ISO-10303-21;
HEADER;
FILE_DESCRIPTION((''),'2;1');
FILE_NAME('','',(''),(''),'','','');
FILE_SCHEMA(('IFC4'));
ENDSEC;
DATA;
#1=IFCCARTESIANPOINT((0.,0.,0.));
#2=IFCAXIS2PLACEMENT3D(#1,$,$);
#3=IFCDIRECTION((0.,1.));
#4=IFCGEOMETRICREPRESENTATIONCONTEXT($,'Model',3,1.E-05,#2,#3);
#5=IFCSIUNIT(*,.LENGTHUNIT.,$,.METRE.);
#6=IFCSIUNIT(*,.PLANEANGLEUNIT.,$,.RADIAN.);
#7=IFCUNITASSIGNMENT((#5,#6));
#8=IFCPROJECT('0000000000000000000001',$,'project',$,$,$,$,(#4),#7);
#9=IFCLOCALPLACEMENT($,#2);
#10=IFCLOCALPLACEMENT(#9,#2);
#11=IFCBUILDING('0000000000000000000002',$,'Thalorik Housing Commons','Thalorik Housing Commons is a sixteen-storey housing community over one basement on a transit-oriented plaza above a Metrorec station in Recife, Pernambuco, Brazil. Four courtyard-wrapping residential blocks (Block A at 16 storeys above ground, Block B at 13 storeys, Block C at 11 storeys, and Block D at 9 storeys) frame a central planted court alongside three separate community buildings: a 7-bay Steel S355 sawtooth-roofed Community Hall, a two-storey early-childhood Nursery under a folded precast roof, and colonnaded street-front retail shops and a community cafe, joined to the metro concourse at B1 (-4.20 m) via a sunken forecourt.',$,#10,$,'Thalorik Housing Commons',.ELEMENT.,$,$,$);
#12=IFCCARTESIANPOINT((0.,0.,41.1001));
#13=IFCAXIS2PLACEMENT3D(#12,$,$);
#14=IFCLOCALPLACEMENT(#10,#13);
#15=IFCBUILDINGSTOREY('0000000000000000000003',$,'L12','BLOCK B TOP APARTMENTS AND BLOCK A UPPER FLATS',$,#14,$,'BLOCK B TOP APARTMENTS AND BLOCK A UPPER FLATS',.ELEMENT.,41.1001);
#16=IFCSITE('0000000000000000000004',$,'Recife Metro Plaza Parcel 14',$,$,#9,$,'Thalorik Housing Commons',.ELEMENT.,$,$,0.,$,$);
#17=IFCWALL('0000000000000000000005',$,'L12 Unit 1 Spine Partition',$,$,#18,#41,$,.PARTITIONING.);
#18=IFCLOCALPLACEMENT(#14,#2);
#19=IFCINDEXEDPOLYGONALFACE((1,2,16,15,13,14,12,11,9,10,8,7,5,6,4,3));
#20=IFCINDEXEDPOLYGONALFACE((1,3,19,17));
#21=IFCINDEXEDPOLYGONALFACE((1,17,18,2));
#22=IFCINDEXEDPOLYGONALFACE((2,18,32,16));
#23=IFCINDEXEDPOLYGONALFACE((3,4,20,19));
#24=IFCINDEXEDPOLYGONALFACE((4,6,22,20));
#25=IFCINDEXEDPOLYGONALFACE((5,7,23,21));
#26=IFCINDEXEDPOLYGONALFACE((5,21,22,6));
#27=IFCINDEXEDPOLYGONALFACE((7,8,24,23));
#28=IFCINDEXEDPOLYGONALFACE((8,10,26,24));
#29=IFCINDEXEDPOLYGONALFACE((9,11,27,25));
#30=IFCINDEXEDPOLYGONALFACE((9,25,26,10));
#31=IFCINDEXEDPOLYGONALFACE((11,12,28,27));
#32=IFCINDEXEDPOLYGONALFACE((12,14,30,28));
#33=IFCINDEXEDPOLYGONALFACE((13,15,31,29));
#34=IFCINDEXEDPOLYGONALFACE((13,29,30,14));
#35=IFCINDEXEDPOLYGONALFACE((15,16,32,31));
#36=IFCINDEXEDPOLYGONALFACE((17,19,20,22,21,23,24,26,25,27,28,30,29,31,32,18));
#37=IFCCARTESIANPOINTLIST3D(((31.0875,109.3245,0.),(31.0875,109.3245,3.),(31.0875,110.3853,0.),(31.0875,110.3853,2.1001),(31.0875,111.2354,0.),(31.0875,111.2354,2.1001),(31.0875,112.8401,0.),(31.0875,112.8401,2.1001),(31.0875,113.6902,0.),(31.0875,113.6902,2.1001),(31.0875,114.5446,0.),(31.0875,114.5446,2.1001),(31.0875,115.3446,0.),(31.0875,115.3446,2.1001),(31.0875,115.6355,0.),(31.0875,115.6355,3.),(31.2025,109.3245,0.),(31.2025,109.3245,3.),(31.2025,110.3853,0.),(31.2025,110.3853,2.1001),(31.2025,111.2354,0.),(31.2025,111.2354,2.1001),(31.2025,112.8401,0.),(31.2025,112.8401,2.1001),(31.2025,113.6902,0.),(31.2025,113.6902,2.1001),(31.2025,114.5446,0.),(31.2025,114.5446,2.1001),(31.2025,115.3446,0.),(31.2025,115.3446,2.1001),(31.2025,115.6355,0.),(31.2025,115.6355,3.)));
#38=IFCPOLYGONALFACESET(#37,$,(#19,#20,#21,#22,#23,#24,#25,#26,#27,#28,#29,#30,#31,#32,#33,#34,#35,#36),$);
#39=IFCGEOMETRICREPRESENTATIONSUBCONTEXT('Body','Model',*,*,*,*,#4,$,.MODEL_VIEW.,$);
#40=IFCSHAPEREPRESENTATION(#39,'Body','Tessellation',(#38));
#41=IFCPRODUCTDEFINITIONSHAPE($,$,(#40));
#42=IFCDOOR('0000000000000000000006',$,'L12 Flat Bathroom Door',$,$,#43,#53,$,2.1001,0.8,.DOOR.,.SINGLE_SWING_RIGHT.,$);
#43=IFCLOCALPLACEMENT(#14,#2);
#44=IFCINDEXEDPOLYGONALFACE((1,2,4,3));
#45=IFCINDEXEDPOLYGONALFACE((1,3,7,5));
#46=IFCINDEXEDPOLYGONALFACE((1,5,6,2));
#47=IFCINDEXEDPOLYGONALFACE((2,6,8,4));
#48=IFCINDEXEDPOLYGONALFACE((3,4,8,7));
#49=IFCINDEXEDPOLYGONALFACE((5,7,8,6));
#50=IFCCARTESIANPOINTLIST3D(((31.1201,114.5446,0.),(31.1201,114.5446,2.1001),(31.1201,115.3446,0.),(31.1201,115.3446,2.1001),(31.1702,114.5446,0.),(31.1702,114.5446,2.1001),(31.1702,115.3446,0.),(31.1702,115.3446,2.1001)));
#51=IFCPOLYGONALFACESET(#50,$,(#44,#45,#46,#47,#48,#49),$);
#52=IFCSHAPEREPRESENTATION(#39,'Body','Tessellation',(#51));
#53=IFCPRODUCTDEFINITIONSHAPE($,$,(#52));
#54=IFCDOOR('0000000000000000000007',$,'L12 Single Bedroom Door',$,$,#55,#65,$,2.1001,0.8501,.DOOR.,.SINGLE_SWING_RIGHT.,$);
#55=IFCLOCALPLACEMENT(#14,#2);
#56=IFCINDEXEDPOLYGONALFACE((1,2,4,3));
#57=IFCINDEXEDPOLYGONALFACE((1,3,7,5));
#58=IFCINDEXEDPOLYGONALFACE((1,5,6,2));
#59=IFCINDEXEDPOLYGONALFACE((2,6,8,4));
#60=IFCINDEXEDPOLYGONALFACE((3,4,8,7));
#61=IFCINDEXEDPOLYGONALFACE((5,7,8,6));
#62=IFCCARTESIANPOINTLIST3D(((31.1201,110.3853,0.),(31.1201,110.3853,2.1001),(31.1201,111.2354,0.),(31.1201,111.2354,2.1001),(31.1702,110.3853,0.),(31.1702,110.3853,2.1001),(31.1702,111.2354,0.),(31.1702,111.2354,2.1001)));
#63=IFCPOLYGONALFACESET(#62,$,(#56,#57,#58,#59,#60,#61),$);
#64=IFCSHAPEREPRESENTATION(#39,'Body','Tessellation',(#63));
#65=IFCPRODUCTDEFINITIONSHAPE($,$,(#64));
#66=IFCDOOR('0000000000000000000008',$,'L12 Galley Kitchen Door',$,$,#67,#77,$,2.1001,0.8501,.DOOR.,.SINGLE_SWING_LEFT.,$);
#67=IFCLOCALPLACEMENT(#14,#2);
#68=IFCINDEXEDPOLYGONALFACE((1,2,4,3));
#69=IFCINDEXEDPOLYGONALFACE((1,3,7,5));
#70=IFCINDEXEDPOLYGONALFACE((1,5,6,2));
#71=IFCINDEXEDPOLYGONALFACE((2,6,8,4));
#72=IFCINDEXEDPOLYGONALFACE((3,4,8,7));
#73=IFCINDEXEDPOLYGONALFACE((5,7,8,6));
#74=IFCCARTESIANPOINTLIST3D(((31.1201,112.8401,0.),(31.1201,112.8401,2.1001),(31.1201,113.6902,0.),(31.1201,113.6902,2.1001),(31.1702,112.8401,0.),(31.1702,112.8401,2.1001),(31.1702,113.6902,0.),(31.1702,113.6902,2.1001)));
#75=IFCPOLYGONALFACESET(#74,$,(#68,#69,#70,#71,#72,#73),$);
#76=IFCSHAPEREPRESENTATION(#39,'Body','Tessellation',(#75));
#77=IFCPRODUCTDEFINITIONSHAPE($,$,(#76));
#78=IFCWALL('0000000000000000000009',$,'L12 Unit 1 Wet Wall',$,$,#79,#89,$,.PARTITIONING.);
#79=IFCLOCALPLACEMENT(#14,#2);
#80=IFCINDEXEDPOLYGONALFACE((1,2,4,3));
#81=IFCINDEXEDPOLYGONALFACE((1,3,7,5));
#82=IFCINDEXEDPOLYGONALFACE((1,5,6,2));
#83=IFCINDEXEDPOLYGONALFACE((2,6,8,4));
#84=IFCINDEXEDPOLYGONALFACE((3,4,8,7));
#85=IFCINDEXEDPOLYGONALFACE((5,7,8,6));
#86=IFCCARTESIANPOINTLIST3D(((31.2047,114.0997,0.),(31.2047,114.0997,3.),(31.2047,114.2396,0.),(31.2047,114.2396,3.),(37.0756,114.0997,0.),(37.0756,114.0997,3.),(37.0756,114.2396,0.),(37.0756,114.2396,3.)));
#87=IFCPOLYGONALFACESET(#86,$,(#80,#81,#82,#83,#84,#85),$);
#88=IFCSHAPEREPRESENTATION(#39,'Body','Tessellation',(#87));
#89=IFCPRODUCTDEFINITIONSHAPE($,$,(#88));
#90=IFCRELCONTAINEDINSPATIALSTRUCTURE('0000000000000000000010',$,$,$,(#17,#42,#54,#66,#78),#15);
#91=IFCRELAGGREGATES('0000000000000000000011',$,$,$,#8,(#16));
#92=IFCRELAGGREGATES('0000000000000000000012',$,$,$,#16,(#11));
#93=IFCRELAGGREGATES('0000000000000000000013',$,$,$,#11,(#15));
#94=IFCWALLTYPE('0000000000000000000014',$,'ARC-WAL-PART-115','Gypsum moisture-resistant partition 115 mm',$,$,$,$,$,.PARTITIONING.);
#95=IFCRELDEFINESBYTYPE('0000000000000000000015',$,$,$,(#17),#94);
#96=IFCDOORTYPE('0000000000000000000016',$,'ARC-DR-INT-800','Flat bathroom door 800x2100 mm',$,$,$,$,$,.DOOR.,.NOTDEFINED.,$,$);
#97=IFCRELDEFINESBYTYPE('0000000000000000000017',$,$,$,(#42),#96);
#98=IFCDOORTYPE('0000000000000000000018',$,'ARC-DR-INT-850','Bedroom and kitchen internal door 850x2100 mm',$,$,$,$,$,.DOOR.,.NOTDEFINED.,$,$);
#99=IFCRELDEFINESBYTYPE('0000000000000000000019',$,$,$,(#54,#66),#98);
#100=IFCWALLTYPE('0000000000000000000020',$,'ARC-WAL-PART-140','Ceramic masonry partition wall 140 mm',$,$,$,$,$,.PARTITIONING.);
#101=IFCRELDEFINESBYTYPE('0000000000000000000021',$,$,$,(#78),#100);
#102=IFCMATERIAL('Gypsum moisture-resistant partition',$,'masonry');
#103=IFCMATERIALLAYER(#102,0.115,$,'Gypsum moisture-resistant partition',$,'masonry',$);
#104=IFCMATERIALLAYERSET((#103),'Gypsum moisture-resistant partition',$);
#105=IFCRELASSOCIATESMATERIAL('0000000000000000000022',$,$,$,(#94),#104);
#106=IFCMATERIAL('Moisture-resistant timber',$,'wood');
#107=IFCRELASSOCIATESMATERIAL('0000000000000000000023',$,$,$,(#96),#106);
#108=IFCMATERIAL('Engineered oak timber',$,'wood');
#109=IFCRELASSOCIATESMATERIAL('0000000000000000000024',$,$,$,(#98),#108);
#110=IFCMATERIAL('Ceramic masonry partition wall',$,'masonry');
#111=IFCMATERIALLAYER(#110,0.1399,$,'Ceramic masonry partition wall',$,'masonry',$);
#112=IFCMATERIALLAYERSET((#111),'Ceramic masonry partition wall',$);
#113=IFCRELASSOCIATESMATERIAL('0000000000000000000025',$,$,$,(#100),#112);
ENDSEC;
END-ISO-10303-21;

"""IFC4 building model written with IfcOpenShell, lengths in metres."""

from ifc_helpers import new_model, si_unit, direction, frame, frame_2d, origin, place, context, subcontext, project, spatial, rectangle, extrude, material, layer, layer_set, type_object, element, fill, save


model = new_model("IFC4")

# Units and contexts
model_context = context("Model", 3, precision=1e-05, world=origin(), true_north=direction((0.0, 1.0)))
body_context = subcontext(model_context, "Body", "Model", "MODEL_VIEW")
ifc_project = project(units=[si_unit("LENGTHUNIT", "METRE"), si_unit("PLANEANGLEUNIT", "RADIAN")], contexts=[model_context])

# Site, building, storey
site_placement = place(None, origin())
site = spatial("IfcSite", under=ifc_project, at=site_placement, Name="Recife Metro Plaza Parcel 14", LongName="Thalorik Housing Commons", CompositionType="ELEMENT", RefElevation=0.0)
building_placement = place(site_placement, origin())
building = spatial("IfcBuilding", under=site, at=building_placement, Name="Thalorik Housing Commons", Description="Thalorik Housing Commons is a sixteen-storey housing community over one basement on a transit-oriented plaza above a Metrorec station in Recife, Pernambuco, Brazil. Four courtyard-wrapping residential blocks (Block A at 16 storeys above ground, Block B at 13 storeys, Block C at 11 storeys, and Block D at 9 storeys) frame a central planted court alongside three separate community buildings: a 7-bay Steel S355 sawtooth-roofed Community Hall, a two-storey early-childhood Nursery under a folded precast roof, and colonnaded street-front retail shops and a community cafe, joined to the metro concourse at B1 (-4.20 m) via a sunken forecourt.", LongName="Thalorik Housing Commons", CompositionType="ELEMENT")
storey_placement = place(building_placement, frame((0.0, 0.0, 41.1001)))
storey = spatial("IfcBuildingStorey", under=building, at=storey_placement, Name="L12", Description="BLOCK B TOP APARTMENTS AND BLOCK A UPPER FLATS", LongName="BLOCK B TOP APARTMENTS AND BLOCK A UPPER FLATS", CompositionType="ELEMENT", Elevation=41.1001)

# Wall, openings, doors
ifc_material_1 = material(Name="Gypsum moisture-resistant partition", Category="masonry")
ifc_layer_1 = layer(ifc_material_1, 0.115, Name="Gypsum moisture-resistant partition", Category="masonry")
ifc_layer_set_1 = layer_set([ifc_layer_1], Name="Gypsum moisture-resistant partition")
wall_type_1 = type_object("IfcWallType", Name="ARC-WAL-PART-115", Description="Gypsum moisture-resistant partition 115 mm", PredefinedType="PARTITIONING", material=ifc_layer_set_1)
wall_1_placement = place(storey_placement, frame((31.145, 109.3245, 0.0), z_axis=(0.0, 0.0, 1.0), x_axis=(0.0, 1.0, 0.0)))
wall_1 = element("IfcWall", 1, at=wall_1_placement, inside=storey, type_object=wall_type_1, Name="L12 Unit 1 Spine Partition", PredefinedType="PARTITIONING", context=body_context, shape_type="SweptSolid", body=[
    extrude(rectangle(XDim=6.311, YDim=0.115, at=frame_2d((3.1555, 0.0))), origin(), (0.0, 0.0, 1.0), 3.0),
])
opening_1_placement = place(wall_1_placement, frame((1.0608, 0.0, 0.0)))
opening_1 = element("IfcOpeningElement", 2, at=opening_1_placement, cuts=wall_1, PredefinedType="OPENING", context=body_context, shape_type="SweptSolid", body=[
    extrude(rectangle(XDim=0.8501, YDim=2.1001, at=frame_2d((0.425, 1.05))), frame((0.0, 0.0674, 0.0), z_axis=(0.0, -1.0, 0.0), x_axis=(1.0, 0.0, 0.0)), (0.0, 0.0, 1.0), 0.135),
])
opening_2_placement = place(wall_1_placement, frame((3.5156, 0.0, 0.0)))
opening_2 = element("IfcOpeningElement", 3, at=opening_2_placement, cuts=wall_1, PredefinedType="OPENING", context=body_context, shape_type="SweptSolid", body=[
    extrude(rectangle(XDim=0.8501, YDim=2.1001, at=frame_2d((0.425, 1.05))), frame((0.0, 0.0674, 0.0), z_axis=(0.0, -1.0, 0.0), x_axis=(1.0, 0.0, 0.0)), (0.0, 0.0, 1.0), 0.135),
])
opening_3_placement = place(wall_1_placement, frame((5.2202, 0.0, 0.0)))
opening_3 = element("IfcOpeningElement", 4, at=opening_3_placement, cuts=wall_1, PredefinedType="OPENING", context=body_context, shape_type="SweptSolid", body=[
    extrude(rectangle(XDim=0.8, YDim=2.1001, at=frame_2d((0.3999, 1.05))), frame((0.0, 0.0674, 0.0), z_axis=(0.0, -1.0, 0.0), x_axis=(1.0, 0.0, 0.0)), (0.0, 0.0, 1.0), 0.135),
])
ifc_material_2 = material(Name="Moisture-resistant timber", Category="wood")
door_type_1 = type_object("IfcDoorType", Name="ARC-DR-INT-800", Description="Flat bathroom door 800x2100 mm", OperationType="NOTDEFINED", PredefinedType="DOOR", material=ifc_material_2)
door_1_placement = place(opening_3_placement, origin())
door_1 = element("IfcDoor", 5, at=door_1_placement, inside=storey, type_object=door_type_1, Name="L12 Flat Bathroom Door", OperationType="SINGLE_SWING_RIGHT", OverallHeight=2.1001, OverallWidth=0.8, PredefinedType="DOOR", context=body_context, shape_type="SweptSolid", body=[
    extrude(rectangle(XDim=0.8, YDim=2.1001, at=frame_2d((0.3999, 1.05))), frame((0.0, 0.0249, 0.0), z_axis=(0.0, -1.0, 0.0), x_axis=(1.0, 0.0, 0.0)), (0.0, 0.0, 1.0), 0.05),
])
fill(opening_3, door_1)
ifc_material_3 = material(Name="Engineered oak timber", Category="wood")
door_type_2 = type_object("IfcDoorType", Name="ARC-DR-INT-850", Description="Bedroom and kitchen internal door 850x2100 mm", OperationType="NOTDEFINED", PredefinedType="DOOR", material=ifc_material_3)
door_2_placement = place(opening_1_placement, origin())
door_2 = element("IfcDoor", 6, at=door_2_placement, inside=storey, type_object=door_type_2, Name="L12 Single Bedroom Door", OperationType="SINGLE_SWING_RIGHT", OverallHeight=2.1001, OverallWidth=0.8501, PredefinedType="DOOR", context=body_context, shape_type="SweptSolid", body=[
    extrude(rectangle(XDim=0.8501, YDim=2.1001, at=frame_2d((0.425, 1.05))), frame((0.0, 0.0249, 0.0), z_axis=(0.0, -1.0, 0.0), x_axis=(1.0, 0.0, 0.0)), (0.0, 0.0, 1.0), 0.05),
])
fill(opening_1, door_2)
door_3_placement = place(opening_2_placement, origin())
door_3 = element("IfcDoor", 7, at=door_3_placement, inside=storey, type_object=door_type_2, Name="L12 Galley Kitchen Door", OperationType="SINGLE_SWING_LEFT", OverallHeight=2.1001, OverallWidth=0.8501, PredefinedType="DOOR", context=body_context, shape_type="SweptSolid", body=[
    extrude(rectangle(XDim=0.8501, YDim=2.1001, at=frame_2d((0.425, 1.05))), frame((0.0, 0.0249, 0.0), z_axis=(0.0, -1.0, 0.0), x_axis=(1.0, 0.0, 0.0)), (0.0, 0.0, 1.0), 0.05),
])
fill(opening_2, door_3)

# Wall
ifc_material_4 = material(Name="Ceramic masonry partition wall", Category="masonry")
ifc_layer_2 = layer(ifc_material_4, 0.1399, Name="Ceramic masonry partition wall", Category="masonry")
ifc_layer_set_2 = layer_set([ifc_layer_2], Name="Ceramic masonry partition wall")
wall_type_2 = type_object("IfcWallType", Name="ARC-WAL-PART-140", Description="Ceramic masonry partition wall 140 mm", PredefinedType="PARTITIONING", material=ifc_layer_set_2)
wall_2_placement = place(storey_placement, frame((31.2046, 114.1697, 0.0), z_axis=(0.0, 0.0, 1.0), x_axis=(1.0, 0.0, 0.0)))
element("IfcWall", 8, at=wall_2_placement, inside=storey, type_object=wall_type_2, Name="L12 Unit 1 Wet Wall", PredefinedType="PARTITIONING", context=body_context, shape_type="SweptSolid", body=[
    extrude(rectangle(XDim=5.8708, YDim=0.1399, at=frame_2d((2.9355, 0.0))), origin(), (0.0, 0.0, 1.0), 3.0),
])

save(model, "model.ifc")
